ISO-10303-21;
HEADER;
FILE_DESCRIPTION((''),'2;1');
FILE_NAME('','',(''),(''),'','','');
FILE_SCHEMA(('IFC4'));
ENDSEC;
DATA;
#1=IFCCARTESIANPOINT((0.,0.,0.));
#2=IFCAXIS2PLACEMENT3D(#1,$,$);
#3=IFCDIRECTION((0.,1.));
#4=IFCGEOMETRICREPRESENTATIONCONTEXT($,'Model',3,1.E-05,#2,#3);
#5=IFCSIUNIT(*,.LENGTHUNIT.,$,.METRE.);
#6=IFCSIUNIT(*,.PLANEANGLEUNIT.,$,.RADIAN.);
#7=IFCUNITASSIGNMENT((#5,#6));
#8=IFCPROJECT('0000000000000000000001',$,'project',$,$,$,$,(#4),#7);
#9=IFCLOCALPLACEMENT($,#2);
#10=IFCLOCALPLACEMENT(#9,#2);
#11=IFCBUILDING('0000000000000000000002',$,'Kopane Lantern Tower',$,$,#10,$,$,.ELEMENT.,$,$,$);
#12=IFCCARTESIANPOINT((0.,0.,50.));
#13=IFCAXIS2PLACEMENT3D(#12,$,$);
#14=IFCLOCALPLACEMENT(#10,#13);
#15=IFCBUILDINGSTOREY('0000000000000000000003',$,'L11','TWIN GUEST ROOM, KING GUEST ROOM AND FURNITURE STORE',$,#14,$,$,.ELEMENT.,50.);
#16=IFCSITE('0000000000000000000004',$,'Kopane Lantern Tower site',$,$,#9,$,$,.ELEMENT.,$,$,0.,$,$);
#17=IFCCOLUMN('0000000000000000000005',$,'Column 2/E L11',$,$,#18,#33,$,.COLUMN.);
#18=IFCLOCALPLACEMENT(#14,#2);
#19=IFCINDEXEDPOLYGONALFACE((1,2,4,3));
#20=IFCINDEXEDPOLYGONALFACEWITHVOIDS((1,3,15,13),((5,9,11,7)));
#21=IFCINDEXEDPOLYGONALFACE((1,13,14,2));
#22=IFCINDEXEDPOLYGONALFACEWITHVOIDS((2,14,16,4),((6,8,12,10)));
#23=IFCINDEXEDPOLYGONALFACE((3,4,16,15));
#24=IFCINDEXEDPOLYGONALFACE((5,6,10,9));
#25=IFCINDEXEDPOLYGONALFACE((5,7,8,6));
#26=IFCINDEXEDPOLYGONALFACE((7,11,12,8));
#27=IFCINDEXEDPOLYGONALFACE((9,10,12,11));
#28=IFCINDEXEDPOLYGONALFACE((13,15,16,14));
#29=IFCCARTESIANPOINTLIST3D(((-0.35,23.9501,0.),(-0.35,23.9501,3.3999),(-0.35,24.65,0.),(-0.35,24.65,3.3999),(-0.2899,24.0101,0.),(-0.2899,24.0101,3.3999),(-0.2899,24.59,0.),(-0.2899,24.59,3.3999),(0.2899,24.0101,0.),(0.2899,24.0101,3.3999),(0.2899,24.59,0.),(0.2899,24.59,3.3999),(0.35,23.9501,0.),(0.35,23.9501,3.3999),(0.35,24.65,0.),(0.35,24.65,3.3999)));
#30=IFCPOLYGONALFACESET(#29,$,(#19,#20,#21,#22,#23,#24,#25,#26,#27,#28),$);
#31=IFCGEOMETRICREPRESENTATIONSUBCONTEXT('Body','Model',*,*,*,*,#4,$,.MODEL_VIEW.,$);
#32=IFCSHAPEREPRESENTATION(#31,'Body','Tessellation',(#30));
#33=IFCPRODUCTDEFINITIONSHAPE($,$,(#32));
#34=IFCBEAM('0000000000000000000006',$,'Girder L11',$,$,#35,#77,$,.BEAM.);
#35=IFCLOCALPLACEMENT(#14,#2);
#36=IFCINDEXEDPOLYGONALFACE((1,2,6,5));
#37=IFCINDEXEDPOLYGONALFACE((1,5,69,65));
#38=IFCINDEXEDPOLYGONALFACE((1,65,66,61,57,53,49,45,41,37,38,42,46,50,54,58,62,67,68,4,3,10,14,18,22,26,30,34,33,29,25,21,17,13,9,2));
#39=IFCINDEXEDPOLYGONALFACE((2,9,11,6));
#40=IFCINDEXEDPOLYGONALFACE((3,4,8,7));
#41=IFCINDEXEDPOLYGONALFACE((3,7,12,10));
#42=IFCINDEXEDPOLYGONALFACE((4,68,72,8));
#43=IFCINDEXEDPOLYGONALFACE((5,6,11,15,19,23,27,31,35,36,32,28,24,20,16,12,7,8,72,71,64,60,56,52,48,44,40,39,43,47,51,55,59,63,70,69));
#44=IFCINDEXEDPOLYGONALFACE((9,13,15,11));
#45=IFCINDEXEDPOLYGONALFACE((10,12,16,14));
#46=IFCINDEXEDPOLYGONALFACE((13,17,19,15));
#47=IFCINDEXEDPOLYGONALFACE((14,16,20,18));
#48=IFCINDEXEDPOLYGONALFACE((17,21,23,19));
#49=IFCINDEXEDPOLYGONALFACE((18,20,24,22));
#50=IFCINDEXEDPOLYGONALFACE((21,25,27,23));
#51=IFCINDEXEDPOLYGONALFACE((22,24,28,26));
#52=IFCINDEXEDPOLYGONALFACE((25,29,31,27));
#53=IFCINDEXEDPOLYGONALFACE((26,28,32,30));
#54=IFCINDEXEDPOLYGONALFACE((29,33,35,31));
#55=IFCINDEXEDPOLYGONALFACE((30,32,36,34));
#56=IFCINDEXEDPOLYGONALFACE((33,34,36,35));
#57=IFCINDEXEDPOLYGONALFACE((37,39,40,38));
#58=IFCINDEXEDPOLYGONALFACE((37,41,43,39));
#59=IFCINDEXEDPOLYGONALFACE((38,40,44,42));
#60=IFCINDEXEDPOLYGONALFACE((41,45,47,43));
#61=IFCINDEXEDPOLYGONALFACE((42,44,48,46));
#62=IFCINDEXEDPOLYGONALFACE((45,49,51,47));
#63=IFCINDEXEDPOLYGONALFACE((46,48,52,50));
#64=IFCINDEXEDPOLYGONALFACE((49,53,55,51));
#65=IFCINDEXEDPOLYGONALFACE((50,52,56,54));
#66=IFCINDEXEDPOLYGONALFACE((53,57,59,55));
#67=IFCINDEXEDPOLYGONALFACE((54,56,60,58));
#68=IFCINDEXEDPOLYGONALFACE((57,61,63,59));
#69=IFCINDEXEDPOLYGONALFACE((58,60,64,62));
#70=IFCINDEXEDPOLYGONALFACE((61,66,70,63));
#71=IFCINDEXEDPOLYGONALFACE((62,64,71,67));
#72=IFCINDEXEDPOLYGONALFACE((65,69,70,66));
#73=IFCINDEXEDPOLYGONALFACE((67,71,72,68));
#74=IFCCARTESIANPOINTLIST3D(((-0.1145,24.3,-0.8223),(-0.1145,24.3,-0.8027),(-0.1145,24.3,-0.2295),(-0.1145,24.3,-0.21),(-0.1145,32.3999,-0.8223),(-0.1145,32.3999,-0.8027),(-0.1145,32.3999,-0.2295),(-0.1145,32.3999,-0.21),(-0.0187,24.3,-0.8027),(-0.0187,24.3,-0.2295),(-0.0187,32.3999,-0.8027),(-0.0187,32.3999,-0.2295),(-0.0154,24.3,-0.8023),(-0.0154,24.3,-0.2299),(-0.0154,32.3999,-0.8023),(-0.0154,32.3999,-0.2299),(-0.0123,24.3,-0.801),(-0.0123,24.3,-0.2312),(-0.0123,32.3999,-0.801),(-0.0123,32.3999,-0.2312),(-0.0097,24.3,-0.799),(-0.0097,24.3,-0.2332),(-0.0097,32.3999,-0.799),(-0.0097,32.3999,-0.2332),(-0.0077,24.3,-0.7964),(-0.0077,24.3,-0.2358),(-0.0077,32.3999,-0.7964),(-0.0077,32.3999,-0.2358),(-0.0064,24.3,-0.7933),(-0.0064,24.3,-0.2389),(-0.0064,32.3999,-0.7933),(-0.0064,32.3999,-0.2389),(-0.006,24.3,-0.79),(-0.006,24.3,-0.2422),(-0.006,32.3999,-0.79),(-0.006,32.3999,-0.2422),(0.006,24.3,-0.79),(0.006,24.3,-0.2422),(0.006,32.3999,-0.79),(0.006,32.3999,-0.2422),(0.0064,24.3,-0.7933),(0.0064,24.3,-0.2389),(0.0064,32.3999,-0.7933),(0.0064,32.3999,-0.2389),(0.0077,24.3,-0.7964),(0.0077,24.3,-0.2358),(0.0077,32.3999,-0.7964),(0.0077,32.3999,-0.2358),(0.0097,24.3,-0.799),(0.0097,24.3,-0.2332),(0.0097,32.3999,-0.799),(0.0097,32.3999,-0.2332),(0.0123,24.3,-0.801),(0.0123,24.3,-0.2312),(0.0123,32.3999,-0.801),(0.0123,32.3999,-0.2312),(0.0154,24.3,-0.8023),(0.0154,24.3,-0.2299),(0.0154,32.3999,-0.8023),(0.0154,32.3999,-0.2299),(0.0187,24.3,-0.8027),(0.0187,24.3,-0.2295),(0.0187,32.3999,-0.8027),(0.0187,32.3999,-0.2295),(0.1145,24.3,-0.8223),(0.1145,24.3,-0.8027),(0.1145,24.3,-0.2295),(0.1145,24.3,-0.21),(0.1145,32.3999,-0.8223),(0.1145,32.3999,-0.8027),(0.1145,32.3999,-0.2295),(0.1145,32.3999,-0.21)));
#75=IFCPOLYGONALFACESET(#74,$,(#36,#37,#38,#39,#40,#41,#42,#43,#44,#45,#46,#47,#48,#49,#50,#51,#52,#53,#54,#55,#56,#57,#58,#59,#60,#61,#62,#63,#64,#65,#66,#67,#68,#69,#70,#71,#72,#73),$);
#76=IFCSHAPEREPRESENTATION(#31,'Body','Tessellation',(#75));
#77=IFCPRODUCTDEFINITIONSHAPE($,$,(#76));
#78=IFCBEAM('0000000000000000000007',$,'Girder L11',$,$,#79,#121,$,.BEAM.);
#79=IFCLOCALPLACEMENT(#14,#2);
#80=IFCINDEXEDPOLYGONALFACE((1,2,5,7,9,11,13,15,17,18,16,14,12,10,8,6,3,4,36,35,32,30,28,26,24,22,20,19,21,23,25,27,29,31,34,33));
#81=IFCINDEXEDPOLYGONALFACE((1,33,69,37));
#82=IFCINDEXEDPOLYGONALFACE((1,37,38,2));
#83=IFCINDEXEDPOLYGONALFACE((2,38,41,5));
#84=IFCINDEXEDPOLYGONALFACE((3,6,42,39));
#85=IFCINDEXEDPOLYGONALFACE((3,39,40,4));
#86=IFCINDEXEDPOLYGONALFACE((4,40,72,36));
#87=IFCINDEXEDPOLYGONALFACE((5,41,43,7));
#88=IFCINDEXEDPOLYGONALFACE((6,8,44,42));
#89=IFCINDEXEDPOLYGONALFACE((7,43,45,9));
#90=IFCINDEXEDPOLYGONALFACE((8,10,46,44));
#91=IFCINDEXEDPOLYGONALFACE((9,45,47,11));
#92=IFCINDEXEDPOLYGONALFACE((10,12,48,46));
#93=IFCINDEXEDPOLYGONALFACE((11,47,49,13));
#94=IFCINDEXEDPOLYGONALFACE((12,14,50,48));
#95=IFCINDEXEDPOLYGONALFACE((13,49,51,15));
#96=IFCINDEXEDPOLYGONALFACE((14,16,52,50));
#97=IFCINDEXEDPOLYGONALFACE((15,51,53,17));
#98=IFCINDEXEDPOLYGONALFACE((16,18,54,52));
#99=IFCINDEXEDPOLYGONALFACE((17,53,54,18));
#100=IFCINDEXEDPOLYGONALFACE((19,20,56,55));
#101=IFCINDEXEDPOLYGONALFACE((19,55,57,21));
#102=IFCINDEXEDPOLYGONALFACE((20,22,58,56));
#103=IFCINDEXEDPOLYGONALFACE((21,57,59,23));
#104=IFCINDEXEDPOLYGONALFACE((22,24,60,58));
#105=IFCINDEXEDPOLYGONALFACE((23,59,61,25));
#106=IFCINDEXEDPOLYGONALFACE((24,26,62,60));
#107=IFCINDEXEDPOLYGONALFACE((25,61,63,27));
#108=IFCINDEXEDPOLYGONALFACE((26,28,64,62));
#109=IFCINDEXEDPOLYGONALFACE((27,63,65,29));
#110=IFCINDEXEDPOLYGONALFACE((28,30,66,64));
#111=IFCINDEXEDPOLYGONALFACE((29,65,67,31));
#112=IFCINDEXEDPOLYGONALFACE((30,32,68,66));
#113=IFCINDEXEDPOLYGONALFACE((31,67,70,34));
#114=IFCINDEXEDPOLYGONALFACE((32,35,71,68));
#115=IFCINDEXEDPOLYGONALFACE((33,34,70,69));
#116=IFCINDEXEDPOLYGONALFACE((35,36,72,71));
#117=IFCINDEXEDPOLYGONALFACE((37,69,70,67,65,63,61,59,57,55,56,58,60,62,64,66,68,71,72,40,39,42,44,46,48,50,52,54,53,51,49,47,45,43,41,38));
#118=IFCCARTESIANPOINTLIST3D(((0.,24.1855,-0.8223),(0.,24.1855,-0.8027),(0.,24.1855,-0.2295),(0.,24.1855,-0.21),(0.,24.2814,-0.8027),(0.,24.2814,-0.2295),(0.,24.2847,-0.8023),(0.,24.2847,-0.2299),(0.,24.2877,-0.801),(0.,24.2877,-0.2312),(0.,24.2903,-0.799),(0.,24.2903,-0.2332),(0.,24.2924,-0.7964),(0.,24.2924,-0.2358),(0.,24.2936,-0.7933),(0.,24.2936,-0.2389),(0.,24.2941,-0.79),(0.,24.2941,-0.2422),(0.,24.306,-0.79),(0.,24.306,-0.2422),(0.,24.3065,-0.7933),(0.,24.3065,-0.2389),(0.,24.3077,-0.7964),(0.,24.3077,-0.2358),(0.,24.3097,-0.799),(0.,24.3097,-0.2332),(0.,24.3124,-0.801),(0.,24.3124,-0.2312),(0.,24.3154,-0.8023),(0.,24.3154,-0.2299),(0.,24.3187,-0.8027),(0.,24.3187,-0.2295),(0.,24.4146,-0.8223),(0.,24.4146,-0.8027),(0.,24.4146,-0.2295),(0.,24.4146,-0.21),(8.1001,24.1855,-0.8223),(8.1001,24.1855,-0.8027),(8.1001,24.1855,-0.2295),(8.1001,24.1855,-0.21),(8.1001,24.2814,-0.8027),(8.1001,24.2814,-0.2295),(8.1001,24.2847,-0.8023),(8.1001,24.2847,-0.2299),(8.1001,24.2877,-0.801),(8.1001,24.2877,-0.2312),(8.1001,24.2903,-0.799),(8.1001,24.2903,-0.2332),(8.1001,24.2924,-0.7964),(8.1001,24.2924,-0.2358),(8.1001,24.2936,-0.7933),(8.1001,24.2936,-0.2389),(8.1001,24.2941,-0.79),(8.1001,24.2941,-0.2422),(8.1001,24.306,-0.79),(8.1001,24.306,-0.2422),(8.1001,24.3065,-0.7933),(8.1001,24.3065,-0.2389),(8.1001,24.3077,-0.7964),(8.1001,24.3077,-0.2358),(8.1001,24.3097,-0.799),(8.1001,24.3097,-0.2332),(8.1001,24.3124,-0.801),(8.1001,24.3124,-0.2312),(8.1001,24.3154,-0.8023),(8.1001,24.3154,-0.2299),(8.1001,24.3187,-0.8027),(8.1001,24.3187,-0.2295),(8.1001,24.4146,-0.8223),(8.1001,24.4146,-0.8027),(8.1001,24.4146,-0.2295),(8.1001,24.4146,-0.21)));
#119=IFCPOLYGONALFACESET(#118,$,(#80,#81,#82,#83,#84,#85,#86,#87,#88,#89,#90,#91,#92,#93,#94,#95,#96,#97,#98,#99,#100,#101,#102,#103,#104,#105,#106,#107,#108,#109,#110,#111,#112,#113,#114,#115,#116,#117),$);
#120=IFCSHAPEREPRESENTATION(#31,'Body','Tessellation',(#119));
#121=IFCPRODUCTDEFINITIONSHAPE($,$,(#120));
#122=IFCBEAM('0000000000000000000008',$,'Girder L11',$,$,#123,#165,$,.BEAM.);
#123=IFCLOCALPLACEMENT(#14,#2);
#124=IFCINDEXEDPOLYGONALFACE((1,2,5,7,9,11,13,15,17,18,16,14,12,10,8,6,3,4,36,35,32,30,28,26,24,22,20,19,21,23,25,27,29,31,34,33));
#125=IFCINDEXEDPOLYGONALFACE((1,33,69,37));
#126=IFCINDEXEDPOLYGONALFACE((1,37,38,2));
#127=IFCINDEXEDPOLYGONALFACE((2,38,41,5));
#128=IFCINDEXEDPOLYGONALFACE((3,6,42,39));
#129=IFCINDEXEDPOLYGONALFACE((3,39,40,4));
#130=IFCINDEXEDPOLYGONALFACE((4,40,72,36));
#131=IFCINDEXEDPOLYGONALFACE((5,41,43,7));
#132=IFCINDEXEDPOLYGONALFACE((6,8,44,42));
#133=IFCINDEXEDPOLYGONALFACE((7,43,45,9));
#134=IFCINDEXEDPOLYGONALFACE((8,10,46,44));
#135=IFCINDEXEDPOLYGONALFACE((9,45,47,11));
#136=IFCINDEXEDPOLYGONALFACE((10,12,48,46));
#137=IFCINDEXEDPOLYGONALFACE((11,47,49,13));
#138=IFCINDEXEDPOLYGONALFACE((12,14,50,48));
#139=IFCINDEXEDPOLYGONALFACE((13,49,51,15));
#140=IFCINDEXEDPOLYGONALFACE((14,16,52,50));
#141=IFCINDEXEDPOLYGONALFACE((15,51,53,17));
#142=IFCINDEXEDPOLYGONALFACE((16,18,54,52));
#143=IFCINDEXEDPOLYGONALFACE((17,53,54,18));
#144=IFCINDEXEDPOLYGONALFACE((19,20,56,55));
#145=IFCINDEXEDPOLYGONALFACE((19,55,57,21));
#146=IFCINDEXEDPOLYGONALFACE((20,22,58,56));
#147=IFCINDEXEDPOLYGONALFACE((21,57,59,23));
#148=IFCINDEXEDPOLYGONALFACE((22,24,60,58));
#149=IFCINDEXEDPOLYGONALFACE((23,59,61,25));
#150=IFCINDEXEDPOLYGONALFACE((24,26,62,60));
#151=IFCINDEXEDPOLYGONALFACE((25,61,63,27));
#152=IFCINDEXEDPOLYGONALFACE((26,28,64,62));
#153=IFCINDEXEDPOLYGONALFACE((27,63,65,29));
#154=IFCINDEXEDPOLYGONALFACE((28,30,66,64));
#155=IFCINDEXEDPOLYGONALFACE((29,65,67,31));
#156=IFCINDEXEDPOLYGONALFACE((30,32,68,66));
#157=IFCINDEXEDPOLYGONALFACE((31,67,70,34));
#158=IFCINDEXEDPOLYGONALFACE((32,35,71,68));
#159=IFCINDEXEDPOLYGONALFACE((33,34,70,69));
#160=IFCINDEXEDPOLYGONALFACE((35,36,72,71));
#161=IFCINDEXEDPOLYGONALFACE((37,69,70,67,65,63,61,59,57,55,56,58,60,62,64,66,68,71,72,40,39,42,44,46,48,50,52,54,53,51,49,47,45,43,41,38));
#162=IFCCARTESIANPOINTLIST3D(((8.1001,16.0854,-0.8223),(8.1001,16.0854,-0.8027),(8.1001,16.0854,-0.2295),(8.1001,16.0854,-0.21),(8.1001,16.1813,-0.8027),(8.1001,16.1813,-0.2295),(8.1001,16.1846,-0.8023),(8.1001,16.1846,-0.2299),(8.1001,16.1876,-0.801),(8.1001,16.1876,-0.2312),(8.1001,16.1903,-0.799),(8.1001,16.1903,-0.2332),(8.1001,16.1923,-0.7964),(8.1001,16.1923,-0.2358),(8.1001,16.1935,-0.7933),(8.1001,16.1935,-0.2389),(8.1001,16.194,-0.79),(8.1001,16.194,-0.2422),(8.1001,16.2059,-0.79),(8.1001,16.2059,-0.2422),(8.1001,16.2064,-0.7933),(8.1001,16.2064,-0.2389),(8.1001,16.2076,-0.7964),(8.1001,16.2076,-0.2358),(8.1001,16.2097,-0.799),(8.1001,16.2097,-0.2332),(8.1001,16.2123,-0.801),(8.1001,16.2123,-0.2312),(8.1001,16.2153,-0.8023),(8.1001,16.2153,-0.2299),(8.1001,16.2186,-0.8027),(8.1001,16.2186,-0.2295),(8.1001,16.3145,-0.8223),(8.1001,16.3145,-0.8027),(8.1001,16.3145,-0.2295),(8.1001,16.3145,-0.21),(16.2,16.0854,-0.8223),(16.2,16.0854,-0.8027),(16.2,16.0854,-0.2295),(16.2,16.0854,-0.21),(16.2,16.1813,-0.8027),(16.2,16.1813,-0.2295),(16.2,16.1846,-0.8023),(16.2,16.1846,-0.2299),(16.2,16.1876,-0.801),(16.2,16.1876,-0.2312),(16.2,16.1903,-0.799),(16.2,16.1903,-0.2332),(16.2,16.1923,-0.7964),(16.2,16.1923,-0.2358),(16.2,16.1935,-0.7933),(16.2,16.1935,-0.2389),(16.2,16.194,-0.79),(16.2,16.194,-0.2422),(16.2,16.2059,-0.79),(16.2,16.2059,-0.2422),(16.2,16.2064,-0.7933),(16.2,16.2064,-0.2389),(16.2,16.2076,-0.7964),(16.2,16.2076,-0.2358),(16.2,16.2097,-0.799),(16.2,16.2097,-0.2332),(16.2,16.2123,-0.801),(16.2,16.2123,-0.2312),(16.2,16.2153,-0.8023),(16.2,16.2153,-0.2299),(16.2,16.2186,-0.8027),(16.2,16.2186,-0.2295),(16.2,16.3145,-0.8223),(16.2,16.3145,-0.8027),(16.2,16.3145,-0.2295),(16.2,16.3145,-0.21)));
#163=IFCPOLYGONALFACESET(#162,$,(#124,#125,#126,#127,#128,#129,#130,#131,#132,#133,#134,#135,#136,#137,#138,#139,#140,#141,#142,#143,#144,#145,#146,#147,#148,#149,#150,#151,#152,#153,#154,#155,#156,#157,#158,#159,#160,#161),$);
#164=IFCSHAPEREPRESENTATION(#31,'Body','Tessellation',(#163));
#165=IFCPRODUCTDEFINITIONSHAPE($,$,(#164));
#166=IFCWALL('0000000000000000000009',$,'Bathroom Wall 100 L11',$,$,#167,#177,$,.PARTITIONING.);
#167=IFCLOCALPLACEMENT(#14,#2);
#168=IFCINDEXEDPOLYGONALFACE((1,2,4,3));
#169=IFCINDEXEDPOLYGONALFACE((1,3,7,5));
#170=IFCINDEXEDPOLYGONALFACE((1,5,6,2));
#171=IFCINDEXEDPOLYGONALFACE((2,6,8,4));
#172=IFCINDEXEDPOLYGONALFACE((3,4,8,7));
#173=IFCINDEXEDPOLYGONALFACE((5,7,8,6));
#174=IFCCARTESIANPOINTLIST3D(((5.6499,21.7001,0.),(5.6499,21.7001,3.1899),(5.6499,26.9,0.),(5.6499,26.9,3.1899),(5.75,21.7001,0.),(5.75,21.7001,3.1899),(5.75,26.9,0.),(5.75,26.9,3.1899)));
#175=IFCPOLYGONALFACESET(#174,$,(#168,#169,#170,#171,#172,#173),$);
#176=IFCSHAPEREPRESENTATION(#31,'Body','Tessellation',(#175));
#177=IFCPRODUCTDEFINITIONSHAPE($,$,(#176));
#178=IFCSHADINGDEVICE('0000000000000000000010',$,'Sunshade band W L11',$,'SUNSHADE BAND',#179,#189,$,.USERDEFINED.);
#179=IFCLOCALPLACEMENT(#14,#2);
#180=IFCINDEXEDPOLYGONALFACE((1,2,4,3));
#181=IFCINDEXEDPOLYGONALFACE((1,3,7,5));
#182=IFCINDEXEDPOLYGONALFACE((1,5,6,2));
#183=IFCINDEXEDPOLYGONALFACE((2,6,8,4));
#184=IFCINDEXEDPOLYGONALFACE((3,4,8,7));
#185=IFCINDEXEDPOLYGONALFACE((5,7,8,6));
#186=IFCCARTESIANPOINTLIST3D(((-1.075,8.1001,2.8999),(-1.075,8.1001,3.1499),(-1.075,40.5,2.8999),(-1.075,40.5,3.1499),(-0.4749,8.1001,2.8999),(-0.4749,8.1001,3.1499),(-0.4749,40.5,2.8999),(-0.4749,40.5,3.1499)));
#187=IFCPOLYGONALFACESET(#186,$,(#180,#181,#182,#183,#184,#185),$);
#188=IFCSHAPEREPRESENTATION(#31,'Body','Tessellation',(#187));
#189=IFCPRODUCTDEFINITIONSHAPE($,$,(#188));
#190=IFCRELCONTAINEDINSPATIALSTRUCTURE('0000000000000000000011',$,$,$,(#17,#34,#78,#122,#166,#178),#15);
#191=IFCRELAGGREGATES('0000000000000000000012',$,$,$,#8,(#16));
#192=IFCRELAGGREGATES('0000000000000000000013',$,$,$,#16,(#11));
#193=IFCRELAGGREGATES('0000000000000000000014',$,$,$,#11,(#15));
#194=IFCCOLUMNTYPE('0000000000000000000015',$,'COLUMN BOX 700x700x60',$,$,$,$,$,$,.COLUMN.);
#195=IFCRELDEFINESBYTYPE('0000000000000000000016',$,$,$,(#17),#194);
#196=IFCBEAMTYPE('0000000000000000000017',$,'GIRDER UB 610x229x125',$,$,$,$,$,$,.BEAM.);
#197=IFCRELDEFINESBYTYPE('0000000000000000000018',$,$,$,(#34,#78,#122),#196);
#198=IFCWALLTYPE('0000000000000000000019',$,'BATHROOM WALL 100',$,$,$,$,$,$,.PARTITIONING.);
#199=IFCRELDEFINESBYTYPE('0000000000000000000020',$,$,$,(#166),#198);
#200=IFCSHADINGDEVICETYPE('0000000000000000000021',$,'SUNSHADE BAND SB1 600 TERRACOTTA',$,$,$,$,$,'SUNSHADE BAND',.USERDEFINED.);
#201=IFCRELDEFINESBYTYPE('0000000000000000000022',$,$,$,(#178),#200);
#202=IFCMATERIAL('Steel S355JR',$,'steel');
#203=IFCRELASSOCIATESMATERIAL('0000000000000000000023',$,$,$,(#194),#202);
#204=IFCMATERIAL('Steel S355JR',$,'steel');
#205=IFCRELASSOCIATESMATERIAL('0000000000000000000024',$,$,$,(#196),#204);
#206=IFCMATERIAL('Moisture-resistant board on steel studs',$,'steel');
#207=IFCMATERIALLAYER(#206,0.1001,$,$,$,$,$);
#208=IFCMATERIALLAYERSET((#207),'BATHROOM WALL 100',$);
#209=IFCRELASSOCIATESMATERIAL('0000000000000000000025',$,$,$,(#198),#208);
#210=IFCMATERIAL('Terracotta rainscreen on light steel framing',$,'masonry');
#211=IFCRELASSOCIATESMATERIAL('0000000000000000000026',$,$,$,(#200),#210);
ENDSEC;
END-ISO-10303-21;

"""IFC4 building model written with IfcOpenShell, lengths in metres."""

from ifc_helpers import new_model, si_unit, direction, frame, frame_2d, origin, origin_2d, place, context, subcontext, project, spatial, rectangle, hollow_rectangle, i_section, extrude, material, layer, layer_set, material_profile, profile_set, type_object, element, save


model = new_model("IFC4")

# Units and contexts
model_context = context("Model", 3, precision=1e-05, world=origin(), true_north=direction((0.0, 1.0)))
body_context = subcontext(model_context, "Body", "Model", "MODEL_VIEW")
ifc_project = project(units=[si_unit("LENGTHUNIT", "METRE"), si_unit("PLANEANGLEUNIT", "RADIAN")], contexts=[model_context])

# Site, building, storey
site_placement = place(None, origin())
site = spatial("IfcSite", under=ifc_project, at=site_placement, Name="Kopane Lantern Tower site", CompositionType="ELEMENT", RefElevation=0.0)
building_placement = place(site_placement, origin())
building = spatial("IfcBuilding", under=site, at=building_placement, Name="Kopane Lantern Tower", CompositionType="ELEMENT")
storey_placement = place(building_placement, frame((0.0, 0.0, 50.0)))
storey = spatial("IfcBuildingStorey", under=building, at=storey_placement, Name="L11", Description="TWIN GUEST ROOM, KING GUEST ROOM AND FURNITURE STORE", CompositionType="ELEMENT", Elevation=50.0)

# Column
ifc_material_1 = material(Name="Steel S355JR", Category="steel")
ifc_material_profile_1 = material_profile(ifc_material_1, hollow_rectangle(XDim=0.7, YDim=0.7, WallThickness=0.0601, at=origin_2d()), Name="BOX 700x700x60")
ifc_profile_set_1 = profile_set([ifc_material_profile_1], Name="Steel S355JR")
column_type = type_object("IfcColumnType", Name="COLUMN BOX 700x700x60", PredefinedType="COLUMN", material=ifc_profile_set_1)
column_placement = place(storey_placement, frame((0.0, 24.3, 0.0), z_axis=(0.0, 0.0, 1.0), x_axis=(1.0, 0.0, 0.0)))
element("IfcColumn", 1, at=column_placement, inside=storey, type_object=column_type, Name="Column 2/E L11", PredefinedType="COLUMN", context=body_context, shape_type="SweptSolid", body=[
    extrude(hollow_rectangle(XDim=0.7, YDim=0.7, WallThickness=0.0601, at=origin_2d()), origin(), (0.0, 0.0, 1.0), 3.3999),
])

# Beams
ifc_material_2 = material(Name="Steel S355JR", Category="steel")
ifc_material_profile_2 = material_profile(ifc_material_2, i_section(OverallWidth=0.229, OverallDepth=0.6123, WebThickness=0.012, FlangeThickness=0.0195, FilletRadius=0.0127, at=origin_2d()), Name="UB 610x229x125")
ifc_profile_set_2 = profile_set([ifc_material_profile_2], Name="Steel S355JR")
beam_type = type_object("IfcBeamType", Name="GIRDER UB 610x229x125", PredefinedType="BEAM", material=ifc_profile_set_2)
beam_1_placement = place(storey_placement, frame((0.0, 24.3, -0.5161), z_axis=(0.0, 1.0, 0.0), x_axis=(-1.0, 0.0, 0.0)))
element("IfcBeam", 2, at=beam_1_placement, inside=storey, type_object=beam_type, Name="Girder L11", PredefinedType="BEAM", context=body_context, shape_type="SweptSolid", body=[
    extrude(i_section(OverallWidth=0.229, OverallDepth=0.6123, WebThickness=0.012, FlangeThickness=0.0195, FilletRadius=0.0127, at=origin_2d()), origin(), (0.0, 0.0, 1.0), 8.0999),
])
beam_2_placement = place(storey_placement, frame((0.0, 24.3, -0.5161), z_axis=(1.0, 0.0, 0.0), x_axis=(0.0, 1.0, 0.0)))
element("IfcBeam", 3, at=beam_2_placement, inside=storey, type_object=beam_type, Name="Girder L11", PredefinedType="BEAM", context=body_context, shape_type="SweptSolid", body=[
    extrude(i_section(OverallWidth=0.229, OverallDepth=0.6123, WebThickness=0.012, FlangeThickness=0.0195, FilletRadius=0.0127, at=origin_2d()), origin(), (0.0, 0.0, 1.0), 8.1001),
])
beam_3_placement = place(storey_placement, frame((8.1001, 16.2, -0.5161), z_axis=(1.0, 0.0, 0.0), x_axis=(0.0, 1.0, 0.0)))
element("IfcBeam", 4, at=beam_3_placement, inside=storey, type_object=beam_type, Name="Girder L11", PredefinedType="BEAM", context=body_context, shape_type="SweptSolid", body=[
    extrude(i_section(OverallWidth=0.229, OverallDepth=0.6123, WebThickness=0.012, FlangeThickness=0.0195, FilletRadius=0.0127, at=origin_2d()), origin(), (0.0, 0.0, 1.0), 8.0999),
])

# Wall
ifc_material_3 = material(Name="Moisture-resistant board on steel studs", Category="steel")
ifc_layer = layer(ifc_material_3, 0.1001)
ifc_layer_set = layer_set([ifc_layer], Name="BATHROOM WALL 100")
wall_type = type_object("IfcWallType", Name="BATHROOM WALL 100", PredefinedType="PARTITIONING", material=ifc_layer_set)
wall_placement = place(storey_placement, frame((5.7, 21.7, 0.0), z_axis=(0.0, 0.0, 1.0), x_axis=(0.0, 1.0, 0.0)))
element("IfcWall", 5, at=wall_placement, inside=storey, type_object=wall_type, Name="Bathroom Wall 100 L11", PredefinedType="PARTITIONING", context=body_context, shape_type="SweptSolid", body=[
    extrude(rectangle(XDim=5.2, YDim=0.1001, at=frame_2d((2.6001, 0.0))), origin(), (0.0, 0.0, 1.0), 3.1899),
])

# Shading device
ifc_material_4 = material(Name="Terracotta rainscreen on light steel framing", Category="masonry")
shading_device_type = type_object("IfcShadingDeviceType", Name="SUNSHADE BAND SB1 600 TERRACOTTA", ElementType="SUNSHADE BAND", PredefinedType="USERDEFINED", material=ifc_material_4)
shading_device_placement = place(storey_placement, frame((-0.7749, 24.3, 2.8999), z_axis=(0.0, 0.0, 1.0), x_axis=(0.0, -1.0, 0.0)))
element("IfcShadingDevice", 6, at=shading_device_placement, inside=storey, type_object=shading_device_type, Name="Sunshade band W L11", ObjectType="SUNSHADE BAND", PredefinedType="USERDEFINED", context=body_context, shape_type="SweptSolid", body=[
    extrude(rectangle(XDim=32.3999, YDim=0.6001, at=origin_2d()), origin(), (0.0, 0.0, 1.0), 0.25),
])

save(model, "model.ifc")
